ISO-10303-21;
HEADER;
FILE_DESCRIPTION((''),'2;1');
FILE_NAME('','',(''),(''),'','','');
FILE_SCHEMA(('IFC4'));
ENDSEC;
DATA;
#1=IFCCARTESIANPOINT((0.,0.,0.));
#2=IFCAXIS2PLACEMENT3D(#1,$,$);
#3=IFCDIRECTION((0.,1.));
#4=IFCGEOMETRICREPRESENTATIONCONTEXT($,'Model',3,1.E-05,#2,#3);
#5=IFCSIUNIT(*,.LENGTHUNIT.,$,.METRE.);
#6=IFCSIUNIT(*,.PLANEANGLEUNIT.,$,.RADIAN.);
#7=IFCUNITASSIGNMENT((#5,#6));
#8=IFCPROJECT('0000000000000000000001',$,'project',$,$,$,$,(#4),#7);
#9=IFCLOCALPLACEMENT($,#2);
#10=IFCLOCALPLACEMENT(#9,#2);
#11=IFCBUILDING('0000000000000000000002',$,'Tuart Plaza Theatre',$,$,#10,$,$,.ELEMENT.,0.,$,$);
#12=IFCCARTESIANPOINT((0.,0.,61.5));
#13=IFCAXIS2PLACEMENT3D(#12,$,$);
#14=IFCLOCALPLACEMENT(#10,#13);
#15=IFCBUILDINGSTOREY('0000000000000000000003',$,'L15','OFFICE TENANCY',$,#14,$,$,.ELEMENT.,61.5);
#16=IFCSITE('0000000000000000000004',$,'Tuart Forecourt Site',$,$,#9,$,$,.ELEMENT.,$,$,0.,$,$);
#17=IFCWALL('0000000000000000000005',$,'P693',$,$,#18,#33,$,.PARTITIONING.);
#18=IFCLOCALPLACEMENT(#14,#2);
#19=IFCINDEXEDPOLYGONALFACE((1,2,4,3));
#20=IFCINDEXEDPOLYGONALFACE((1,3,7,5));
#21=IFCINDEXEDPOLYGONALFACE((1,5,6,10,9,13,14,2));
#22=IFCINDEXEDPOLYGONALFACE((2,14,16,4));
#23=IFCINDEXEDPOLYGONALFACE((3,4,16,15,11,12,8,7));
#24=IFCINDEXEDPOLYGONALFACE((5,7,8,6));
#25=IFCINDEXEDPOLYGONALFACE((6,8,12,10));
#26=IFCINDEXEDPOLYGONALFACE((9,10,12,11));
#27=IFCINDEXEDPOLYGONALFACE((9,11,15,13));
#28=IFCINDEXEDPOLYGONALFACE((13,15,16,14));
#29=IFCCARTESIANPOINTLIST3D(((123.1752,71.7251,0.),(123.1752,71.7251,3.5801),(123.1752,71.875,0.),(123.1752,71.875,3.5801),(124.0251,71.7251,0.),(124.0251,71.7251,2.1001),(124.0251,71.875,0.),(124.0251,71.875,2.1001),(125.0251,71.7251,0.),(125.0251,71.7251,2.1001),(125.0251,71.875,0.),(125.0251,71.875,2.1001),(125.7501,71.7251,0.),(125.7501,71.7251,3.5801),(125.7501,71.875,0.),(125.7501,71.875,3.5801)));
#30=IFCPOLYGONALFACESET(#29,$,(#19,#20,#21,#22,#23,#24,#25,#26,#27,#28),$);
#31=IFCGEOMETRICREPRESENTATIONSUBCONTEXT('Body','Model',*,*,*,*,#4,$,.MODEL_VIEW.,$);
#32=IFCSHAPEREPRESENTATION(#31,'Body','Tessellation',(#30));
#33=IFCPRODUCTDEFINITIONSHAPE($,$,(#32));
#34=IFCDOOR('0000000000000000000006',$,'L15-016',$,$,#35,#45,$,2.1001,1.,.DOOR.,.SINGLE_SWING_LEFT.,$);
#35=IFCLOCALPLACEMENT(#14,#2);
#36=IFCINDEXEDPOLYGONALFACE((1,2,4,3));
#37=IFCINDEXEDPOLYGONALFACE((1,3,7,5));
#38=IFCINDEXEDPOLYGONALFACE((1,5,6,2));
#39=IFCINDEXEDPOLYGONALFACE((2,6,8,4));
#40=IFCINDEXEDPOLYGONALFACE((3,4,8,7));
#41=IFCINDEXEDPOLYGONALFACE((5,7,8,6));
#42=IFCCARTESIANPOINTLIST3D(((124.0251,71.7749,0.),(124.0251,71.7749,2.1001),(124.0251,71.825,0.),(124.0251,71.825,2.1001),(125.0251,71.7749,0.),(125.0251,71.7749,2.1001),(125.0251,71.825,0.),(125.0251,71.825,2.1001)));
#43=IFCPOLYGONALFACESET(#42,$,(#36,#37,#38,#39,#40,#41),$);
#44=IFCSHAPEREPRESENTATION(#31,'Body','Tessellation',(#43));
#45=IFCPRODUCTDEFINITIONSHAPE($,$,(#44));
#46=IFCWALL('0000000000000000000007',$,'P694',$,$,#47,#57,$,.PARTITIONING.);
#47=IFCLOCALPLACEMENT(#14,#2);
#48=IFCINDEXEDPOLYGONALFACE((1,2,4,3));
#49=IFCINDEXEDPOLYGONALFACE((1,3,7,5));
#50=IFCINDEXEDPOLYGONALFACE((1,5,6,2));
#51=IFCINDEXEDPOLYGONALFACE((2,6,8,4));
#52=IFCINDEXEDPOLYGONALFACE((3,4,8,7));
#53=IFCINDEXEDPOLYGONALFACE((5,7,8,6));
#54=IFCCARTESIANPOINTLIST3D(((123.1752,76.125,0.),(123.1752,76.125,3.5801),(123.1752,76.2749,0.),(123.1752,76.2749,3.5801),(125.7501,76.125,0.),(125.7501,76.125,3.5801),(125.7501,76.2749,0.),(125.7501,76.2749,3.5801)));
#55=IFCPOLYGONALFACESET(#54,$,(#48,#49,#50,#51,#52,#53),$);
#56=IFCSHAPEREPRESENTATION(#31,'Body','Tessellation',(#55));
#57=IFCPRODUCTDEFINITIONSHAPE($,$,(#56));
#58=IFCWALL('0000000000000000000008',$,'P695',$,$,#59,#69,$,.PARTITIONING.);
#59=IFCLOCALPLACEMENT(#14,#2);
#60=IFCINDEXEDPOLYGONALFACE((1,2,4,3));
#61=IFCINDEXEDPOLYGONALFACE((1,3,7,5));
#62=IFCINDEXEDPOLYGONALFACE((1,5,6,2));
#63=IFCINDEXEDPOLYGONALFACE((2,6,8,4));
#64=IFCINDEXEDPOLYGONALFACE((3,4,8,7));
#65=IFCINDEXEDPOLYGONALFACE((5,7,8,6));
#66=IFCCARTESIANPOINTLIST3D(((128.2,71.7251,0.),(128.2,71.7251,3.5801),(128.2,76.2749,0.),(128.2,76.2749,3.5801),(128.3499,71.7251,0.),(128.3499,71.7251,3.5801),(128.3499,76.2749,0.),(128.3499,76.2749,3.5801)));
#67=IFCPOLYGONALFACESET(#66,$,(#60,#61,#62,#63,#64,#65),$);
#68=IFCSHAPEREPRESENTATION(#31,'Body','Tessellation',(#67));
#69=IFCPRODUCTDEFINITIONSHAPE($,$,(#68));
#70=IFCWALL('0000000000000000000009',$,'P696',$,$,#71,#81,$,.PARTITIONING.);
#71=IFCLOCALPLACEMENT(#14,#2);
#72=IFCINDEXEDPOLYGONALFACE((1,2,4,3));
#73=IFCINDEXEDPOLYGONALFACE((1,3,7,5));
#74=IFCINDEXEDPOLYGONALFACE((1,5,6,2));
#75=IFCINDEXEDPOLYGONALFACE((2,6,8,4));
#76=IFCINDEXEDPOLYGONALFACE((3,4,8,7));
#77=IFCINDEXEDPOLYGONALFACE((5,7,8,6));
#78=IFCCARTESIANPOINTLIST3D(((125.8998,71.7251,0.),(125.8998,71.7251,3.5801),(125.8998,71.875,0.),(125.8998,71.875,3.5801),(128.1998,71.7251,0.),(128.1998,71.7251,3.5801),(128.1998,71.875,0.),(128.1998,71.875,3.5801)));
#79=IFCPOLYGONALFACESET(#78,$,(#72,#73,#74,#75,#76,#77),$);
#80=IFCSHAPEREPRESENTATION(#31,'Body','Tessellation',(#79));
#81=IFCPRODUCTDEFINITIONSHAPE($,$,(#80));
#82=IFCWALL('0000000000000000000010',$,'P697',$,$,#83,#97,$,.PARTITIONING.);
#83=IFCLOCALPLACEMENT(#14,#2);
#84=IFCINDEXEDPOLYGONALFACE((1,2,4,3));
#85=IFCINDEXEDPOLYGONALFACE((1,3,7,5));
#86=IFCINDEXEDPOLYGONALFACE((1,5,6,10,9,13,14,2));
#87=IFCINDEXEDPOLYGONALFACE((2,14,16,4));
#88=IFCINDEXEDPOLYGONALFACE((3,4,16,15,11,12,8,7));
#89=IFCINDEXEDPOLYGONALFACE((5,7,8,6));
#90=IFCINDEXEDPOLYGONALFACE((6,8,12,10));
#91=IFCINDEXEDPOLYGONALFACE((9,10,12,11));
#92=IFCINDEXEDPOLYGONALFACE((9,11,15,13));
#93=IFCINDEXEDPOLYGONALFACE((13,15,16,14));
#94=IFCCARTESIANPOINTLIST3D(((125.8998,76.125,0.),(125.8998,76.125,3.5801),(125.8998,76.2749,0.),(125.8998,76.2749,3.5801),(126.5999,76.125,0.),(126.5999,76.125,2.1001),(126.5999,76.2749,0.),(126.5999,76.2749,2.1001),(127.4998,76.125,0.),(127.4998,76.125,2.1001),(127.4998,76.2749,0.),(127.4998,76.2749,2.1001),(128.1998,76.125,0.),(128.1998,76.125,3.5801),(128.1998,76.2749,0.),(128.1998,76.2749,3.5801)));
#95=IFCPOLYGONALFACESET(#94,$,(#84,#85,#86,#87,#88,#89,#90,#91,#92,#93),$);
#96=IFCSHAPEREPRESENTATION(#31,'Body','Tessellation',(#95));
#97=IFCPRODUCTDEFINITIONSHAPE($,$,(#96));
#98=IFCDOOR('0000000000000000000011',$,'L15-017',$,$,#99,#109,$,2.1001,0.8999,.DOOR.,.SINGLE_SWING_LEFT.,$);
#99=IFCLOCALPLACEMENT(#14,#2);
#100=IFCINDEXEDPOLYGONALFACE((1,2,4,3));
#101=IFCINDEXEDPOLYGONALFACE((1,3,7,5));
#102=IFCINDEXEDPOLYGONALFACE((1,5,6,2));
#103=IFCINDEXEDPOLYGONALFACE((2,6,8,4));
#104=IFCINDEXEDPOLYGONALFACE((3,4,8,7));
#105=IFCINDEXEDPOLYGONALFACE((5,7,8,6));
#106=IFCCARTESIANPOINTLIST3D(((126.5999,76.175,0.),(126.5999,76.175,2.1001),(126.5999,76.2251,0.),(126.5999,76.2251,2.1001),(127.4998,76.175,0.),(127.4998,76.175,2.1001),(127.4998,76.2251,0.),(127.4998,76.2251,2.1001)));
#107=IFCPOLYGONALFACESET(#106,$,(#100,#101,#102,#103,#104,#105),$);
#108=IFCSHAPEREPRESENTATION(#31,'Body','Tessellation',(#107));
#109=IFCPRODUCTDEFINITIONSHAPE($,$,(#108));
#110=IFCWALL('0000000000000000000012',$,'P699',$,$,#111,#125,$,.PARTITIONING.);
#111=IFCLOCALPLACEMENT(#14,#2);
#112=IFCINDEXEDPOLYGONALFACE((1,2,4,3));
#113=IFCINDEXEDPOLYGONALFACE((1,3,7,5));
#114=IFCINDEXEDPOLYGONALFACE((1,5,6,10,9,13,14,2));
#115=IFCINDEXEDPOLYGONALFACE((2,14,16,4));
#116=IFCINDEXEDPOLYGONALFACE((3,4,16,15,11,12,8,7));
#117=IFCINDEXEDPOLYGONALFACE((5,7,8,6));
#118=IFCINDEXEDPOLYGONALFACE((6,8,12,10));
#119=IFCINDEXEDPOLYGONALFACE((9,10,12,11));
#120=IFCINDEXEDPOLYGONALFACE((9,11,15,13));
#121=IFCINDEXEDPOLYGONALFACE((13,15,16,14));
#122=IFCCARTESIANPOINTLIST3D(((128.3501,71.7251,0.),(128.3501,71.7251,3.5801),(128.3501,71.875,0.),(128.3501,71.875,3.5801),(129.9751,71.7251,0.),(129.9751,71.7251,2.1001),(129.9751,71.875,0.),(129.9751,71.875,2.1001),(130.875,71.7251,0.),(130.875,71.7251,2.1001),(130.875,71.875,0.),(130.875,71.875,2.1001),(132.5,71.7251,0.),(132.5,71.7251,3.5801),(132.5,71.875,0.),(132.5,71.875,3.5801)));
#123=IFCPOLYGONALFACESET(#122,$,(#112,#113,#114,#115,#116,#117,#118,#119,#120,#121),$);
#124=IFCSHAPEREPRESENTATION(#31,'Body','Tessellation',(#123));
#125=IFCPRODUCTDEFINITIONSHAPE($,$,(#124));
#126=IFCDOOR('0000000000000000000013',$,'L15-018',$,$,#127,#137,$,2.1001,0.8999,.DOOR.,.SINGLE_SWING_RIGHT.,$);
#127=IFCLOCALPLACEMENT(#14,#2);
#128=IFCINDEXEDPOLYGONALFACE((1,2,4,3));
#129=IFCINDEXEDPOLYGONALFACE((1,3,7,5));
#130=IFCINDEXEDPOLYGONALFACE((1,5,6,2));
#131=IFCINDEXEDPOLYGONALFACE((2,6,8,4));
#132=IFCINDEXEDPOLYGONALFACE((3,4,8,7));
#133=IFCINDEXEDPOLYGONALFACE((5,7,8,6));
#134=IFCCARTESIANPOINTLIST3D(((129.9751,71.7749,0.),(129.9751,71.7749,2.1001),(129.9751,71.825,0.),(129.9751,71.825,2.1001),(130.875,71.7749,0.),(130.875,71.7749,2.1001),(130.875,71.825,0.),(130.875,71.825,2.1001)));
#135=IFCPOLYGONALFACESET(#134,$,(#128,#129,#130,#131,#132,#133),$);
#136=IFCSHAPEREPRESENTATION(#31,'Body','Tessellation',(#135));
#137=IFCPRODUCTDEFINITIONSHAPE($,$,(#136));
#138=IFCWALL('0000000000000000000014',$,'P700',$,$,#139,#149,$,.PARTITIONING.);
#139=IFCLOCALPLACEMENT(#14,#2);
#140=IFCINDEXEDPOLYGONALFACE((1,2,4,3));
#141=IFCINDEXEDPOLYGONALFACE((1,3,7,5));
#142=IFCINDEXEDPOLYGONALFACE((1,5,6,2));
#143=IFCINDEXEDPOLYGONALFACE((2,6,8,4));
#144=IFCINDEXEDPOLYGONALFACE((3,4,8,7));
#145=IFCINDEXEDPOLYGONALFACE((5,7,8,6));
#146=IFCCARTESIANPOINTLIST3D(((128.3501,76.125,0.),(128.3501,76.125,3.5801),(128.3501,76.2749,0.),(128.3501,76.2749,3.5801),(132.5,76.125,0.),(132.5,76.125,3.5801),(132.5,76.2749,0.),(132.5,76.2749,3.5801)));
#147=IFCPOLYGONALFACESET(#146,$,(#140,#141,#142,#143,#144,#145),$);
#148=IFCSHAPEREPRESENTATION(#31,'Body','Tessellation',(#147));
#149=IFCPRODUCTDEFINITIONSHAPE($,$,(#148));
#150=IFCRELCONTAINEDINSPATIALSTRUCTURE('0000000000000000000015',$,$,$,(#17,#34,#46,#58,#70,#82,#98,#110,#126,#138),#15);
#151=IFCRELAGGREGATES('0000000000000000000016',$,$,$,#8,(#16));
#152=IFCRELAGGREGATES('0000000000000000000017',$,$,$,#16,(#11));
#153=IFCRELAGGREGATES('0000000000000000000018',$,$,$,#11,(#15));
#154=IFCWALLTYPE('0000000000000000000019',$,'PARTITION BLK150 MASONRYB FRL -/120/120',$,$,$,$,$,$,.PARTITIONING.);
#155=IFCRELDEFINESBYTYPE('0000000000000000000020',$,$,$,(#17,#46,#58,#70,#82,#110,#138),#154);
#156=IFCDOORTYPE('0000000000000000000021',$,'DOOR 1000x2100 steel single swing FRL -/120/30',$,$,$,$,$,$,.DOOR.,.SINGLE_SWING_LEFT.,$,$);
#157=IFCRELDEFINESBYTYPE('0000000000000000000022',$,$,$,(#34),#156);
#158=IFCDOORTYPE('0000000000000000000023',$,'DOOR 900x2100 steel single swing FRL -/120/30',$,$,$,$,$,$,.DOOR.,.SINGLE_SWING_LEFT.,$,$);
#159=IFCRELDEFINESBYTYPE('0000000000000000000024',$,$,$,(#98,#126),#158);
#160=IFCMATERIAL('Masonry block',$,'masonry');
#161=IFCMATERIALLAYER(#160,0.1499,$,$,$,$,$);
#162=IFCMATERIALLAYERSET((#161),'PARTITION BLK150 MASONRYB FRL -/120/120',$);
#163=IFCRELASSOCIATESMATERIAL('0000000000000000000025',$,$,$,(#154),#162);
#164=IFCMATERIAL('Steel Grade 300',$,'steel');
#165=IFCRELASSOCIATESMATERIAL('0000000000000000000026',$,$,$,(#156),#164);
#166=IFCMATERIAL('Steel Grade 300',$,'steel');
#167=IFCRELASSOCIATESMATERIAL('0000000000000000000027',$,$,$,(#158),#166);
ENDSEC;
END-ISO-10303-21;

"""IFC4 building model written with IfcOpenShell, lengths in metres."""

from ifc_helpers import new_model, si_unit, direction, frame, frame_2d, origin, place, context, subcontext, project, spatial, rectangle, extrude, material, layer, layer_set, type_object, element, fill, save


model = new_model("IFC4")

# Units and contexts
model_context = context("Model", 3, precision=1e-05, world=origin(), true_north=direction((0.0, 1.0)))
body_context = subcontext(model_context, "Body", "Model", "MODEL_VIEW")
ifc_project = project(units=[si_unit("LENGTHUNIT", "METRE"), si_unit("PLANEANGLEUNIT", "RADIAN")], contexts=[model_context])

# Site, building, storey
site_placement = place(None, origin())
site = spatial("IfcSite", under=ifc_project, at=site_placement, Name="Tuart Forecourt Site", CompositionType="ELEMENT", RefElevation=0.0)
building_placement = place(site_placement, origin())
building = spatial("IfcBuilding", under=site, at=building_placement, Name="Tuart Plaza Theatre", CompositionType="ELEMENT", ElevationOfRefHeight=0.0)
storey_placement = place(building_placement, frame((0.0, 0.0, 61.5)))
storey = spatial("IfcBuildingStorey", under=building, at=storey_placement, Name="L15", Description="OFFICE TENANCY", CompositionType="ELEMENT", Elevation=61.5)

# Wall, opening, door
ifc_material_1 = material(Name="Masonry block", Category="masonry")
ifc_layer_1 = layer(ifc_material_1, 0.1499)
ifc_layer_set_1 = layer_set([ifc_layer_1], Name="PARTITION BLK150 MASONRYB FRL -/120/120")
wall_type_1 = type_object("IfcWallType", Name="PARTITION BLK150 MASONRYB FRL -/120/120", PredefinedType="PARTITIONING", material=ifc_layer_set_1)
wall_1_placement = place(storey_placement, frame((123.175, 71.8, 0.0), z_axis=(0.0, 0.0, 1.0), x_axis=(1.0, 0.0, 0.0)))
wall_1 = element("IfcWall", 1, at=wall_1_placement, inside=storey, type_object=wall_type_1, Name="P693", PredefinedType="PARTITIONING", context=body_context, shape_type="SweptSolid", body=[
    extrude(rectangle(XDim=2.575, YDim=0.1499, at=frame_2d((1.2876, 0.0))), origin(), (0.0, 0.0, 1.0), 3.5801),
])
opening_1_placement = place(wall_1_placement, frame((0.8501, 0.0, 0.0)))
opening_1 = element("IfcOpeningElement", 2, at=opening_1_placement, cuts=wall_1, PredefinedType="OPENING", context=body_context, shape_type="SweptSolid", body=[
    extrude(rectangle(XDim=1.0, YDim=2.1001, at=frame_2d((0.5, 1.05))), frame((0.0, 0.085, 0.0), z_axis=(0.0, -1.0, 0.0), x_axis=(1.0, 0.0, 0.0)), (0.0, 0.0, 1.0), 0.1699),
])
ifc_material_2 = material(Name="Steel Grade 300", Category="steel")
door_type_1 = type_object("IfcDoorType", Name="DOOR 1000x2100 steel single swing FRL -/120/30", OperationType="SINGLE_SWING_LEFT", PredefinedType="DOOR", material=ifc_material_2)
door_1_placement = place(opening_1_placement, origin())
door_1 = element("IfcDoor", 3, at=door_1_placement, inside=storey, type_object=door_type_1, Name="L15-016", OperationType="SINGLE_SWING_LEFT", OverallHeight=2.1001, OverallWidth=1.0, PredefinedType="DOOR", context=body_context, shape_type="SweptSolid", body=[
    extrude(rectangle(XDim=1.0, YDim=2.1001, at=frame_2d((0.5, 1.05))), frame((0.0, 0.0249, 0.0), z_axis=(0.0, -1.0, 0.0), x_axis=(1.0, 0.0, 0.0)), (0.0, 0.0, 1.0), 0.05),
])
fill(opening_1, door_1)

# Walls
wall_2_placement = place(storey_placement, frame((123.175, 76.2, 0.0), z_axis=(0.0, 0.0, 1.0), x_axis=(1.0, 0.0, 0.0)))
element("IfcWall", 4, at=wall_2_placement, inside=storey, type_object=wall_type_1, Name="P694", PredefinedType="PARTITIONING", context=body_context, shape_type="SweptSolid", body=[
    extrude(rectangle(XDim=2.575, YDim=0.1499, at=frame_2d((1.2876, 0.0))), origin(), (0.0, 0.0, 1.0), 3.5801),
])
wall_3_placement = place(storey_placement, frame((128.2749, 71.7251, 0.0), z_axis=(0.0, 0.0, 1.0), x_axis=(0.0, 1.0, 0.0)))
element("IfcWall", 5, at=wall_3_placement, inside=storey, type_object=wall_type_1, Name="P695", PredefinedType="PARTITIONING", context=body_context, shape_type="SweptSolid", body=[
    extrude(rectangle(XDim=4.5498, YDim=0.1499, at=frame_2d((2.2749, 0.0))), origin(), (0.0, 0.0, 1.0), 3.5801),
])
wall_4_placement = place(storey_placement, frame((125.8999, 71.8, 0.0), z_axis=(0.0, 0.0, 1.0), x_axis=(1.0, 0.0, 0.0)))
element("IfcWall", 6, at=wall_4_placement, inside=storey, type_object=wall_type_1, Name="P696", PredefinedType="PARTITIONING", context=body_context, shape_type="SweptSolid", body=[
    extrude(rectangle(XDim=2.3, YDim=0.1499, at=frame_2d((1.1499, 0.0))), origin(), (0.0, 0.0, 1.0), 3.5801),
])

# Walls, openings, doors
wall_5_placement = place(storey_placement, frame((125.8999, 76.2, 0.0), z_axis=(0.0, 0.0, 1.0), x_axis=(1.0, 0.0, 0.0)))
wall_5 = element("IfcWall", 7, at=wall_5_placement, inside=storey, type_object=wall_type_1, Name="P697", PredefinedType="PARTITIONING", context=body_context, shape_type="SweptSolid", body=[
    extrude(rectangle(XDim=2.3, YDim=0.1499, at=frame_2d((1.1499, 0.0))), origin(), (0.0, 0.0, 1.0), 3.5801),
])
opening_2_placement = place(wall_5_placement, frame((0.7, 0.0, 0.0)))
opening_2 = element("IfcOpeningElement", 8, at=opening_2_placement, cuts=wall_5, PredefinedType="OPENING", context=body_context, shape_type="SweptSolid", body=[
    extrude(rectangle(XDim=0.8999, YDim=2.1001, at=frame_2d((0.45, 1.05))), frame((0.0, 0.085, 0.0), z_axis=(0.0, -1.0, 0.0), x_axis=(1.0, 0.0, 0.0)), (0.0, 0.0, 1.0), 0.1699),
])
ifc_material_3 = material(Name="Steel Grade 300", Category="steel")
door_type_2 = type_object("IfcDoorType", Name="DOOR 900x2100 steel single swing FRL -/120/30", OperationType="SINGLE_SWING_LEFT", PredefinedType="DOOR", material=ifc_material_3)
door_2_placement = place(opening_2_placement, frame((0.8999, 0.0, 0.0), z_axis=(0.0, 0.0, 1.0), x_axis=(-1.0, 0.0, 0.0)))
door_2 = element("IfcDoor", 9, at=door_2_placement, inside=storey, type_object=door_type_2, Name="L15-017", OperationType="SINGLE_SWING_LEFT", OverallHeight=2.1001, OverallWidth=0.8999, PredefinedType="DOOR", context=body_context, shape_type="SweptSolid", body=[
    extrude(rectangle(XDim=0.8999, YDim=2.1001, at=frame_2d((0.45, 1.05))), frame((0.0, 0.0249, 0.0), z_axis=(0.0, -1.0, 0.0), x_axis=(1.0, 0.0, 0.0)), (0.0, 0.0, 1.0), 0.05),
])
fill(opening_2, door_2)
wall_6_placement = place(storey_placement, frame((128.3501, 71.8, 0.0), z_axis=(0.0, 0.0, 1.0), x_axis=(1.0, 0.0, 0.0)))
wall_6 = element("IfcWall", 10, at=wall_6_placement, inside=storey, type_object=wall_type_1, Name="P699", PredefinedType="PARTITIONING", context=body_context, shape_type="SweptSolid", body=[
    extrude(rectangle(XDim=4.1499, YDim=0.1499, at=frame_2d((2.075, 0.0))), origin(), (0.0, 0.0, 1.0), 3.5801),
])
opening_3_placement = place(wall_6_placement, frame((1.625, 0.0, 0.0)))
opening_3 = element("IfcOpeningElement", 11, at=opening_3_placement, cuts=wall_6, PredefinedType="OPENING", context=body_context, shape_type="SweptSolid", body=[
    extrude(rectangle(XDim=0.8999, YDim=2.1001, at=frame_2d((0.45, 1.05))), frame((0.0, 0.085, 0.0), z_axis=(0.0, -1.0, 0.0), x_axis=(1.0, 0.0, 0.0)), (0.0, 0.0, 1.0), 0.1699),
])
door_3_placement = place(opening_3_placement, origin())
door_3 = element("IfcDoor", 12, at=door_3_placement, inside=storey, type_object=door_type_2, Name="L15-018", OperationType="SINGLE_SWING_RIGHT", OverallHeight=2.1001, OverallWidth=0.8999, PredefinedType="DOOR", context=body_context, shape_type="SweptSolid", body=[
    extrude(rectangle(XDim=0.8999, YDim=2.1001, at=frame_2d((0.45, 1.05))), frame((0.0, 0.0249, 0.0), z_axis=(0.0, -1.0, 0.0), x_axis=(1.0, 0.0, 0.0)), (0.0, 0.0, 1.0), 0.05),
])
fill(opening_3, door_3)

# Wall
wall_7_placement = place(storey_placement, frame((128.3501, 76.2, 0.0), z_axis=(0.0, 0.0, 1.0), x_axis=(1.0, 0.0, 0.0)))
element("IfcWall", 13, at=wall_7_placement, inside=storey, type_object=wall_type_1, Name="P700", PredefinedType="PARTITIONING", context=body_context, shape_type="SweptSolid", body=[
    extrude(rectangle(XDim=4.1499, YDim=0.1499, at=frame_2d((2.075, 0.0))), origin(), (0.0, 0.0, 1.0), 3.5801),
])

save(model, "model.ifc")
